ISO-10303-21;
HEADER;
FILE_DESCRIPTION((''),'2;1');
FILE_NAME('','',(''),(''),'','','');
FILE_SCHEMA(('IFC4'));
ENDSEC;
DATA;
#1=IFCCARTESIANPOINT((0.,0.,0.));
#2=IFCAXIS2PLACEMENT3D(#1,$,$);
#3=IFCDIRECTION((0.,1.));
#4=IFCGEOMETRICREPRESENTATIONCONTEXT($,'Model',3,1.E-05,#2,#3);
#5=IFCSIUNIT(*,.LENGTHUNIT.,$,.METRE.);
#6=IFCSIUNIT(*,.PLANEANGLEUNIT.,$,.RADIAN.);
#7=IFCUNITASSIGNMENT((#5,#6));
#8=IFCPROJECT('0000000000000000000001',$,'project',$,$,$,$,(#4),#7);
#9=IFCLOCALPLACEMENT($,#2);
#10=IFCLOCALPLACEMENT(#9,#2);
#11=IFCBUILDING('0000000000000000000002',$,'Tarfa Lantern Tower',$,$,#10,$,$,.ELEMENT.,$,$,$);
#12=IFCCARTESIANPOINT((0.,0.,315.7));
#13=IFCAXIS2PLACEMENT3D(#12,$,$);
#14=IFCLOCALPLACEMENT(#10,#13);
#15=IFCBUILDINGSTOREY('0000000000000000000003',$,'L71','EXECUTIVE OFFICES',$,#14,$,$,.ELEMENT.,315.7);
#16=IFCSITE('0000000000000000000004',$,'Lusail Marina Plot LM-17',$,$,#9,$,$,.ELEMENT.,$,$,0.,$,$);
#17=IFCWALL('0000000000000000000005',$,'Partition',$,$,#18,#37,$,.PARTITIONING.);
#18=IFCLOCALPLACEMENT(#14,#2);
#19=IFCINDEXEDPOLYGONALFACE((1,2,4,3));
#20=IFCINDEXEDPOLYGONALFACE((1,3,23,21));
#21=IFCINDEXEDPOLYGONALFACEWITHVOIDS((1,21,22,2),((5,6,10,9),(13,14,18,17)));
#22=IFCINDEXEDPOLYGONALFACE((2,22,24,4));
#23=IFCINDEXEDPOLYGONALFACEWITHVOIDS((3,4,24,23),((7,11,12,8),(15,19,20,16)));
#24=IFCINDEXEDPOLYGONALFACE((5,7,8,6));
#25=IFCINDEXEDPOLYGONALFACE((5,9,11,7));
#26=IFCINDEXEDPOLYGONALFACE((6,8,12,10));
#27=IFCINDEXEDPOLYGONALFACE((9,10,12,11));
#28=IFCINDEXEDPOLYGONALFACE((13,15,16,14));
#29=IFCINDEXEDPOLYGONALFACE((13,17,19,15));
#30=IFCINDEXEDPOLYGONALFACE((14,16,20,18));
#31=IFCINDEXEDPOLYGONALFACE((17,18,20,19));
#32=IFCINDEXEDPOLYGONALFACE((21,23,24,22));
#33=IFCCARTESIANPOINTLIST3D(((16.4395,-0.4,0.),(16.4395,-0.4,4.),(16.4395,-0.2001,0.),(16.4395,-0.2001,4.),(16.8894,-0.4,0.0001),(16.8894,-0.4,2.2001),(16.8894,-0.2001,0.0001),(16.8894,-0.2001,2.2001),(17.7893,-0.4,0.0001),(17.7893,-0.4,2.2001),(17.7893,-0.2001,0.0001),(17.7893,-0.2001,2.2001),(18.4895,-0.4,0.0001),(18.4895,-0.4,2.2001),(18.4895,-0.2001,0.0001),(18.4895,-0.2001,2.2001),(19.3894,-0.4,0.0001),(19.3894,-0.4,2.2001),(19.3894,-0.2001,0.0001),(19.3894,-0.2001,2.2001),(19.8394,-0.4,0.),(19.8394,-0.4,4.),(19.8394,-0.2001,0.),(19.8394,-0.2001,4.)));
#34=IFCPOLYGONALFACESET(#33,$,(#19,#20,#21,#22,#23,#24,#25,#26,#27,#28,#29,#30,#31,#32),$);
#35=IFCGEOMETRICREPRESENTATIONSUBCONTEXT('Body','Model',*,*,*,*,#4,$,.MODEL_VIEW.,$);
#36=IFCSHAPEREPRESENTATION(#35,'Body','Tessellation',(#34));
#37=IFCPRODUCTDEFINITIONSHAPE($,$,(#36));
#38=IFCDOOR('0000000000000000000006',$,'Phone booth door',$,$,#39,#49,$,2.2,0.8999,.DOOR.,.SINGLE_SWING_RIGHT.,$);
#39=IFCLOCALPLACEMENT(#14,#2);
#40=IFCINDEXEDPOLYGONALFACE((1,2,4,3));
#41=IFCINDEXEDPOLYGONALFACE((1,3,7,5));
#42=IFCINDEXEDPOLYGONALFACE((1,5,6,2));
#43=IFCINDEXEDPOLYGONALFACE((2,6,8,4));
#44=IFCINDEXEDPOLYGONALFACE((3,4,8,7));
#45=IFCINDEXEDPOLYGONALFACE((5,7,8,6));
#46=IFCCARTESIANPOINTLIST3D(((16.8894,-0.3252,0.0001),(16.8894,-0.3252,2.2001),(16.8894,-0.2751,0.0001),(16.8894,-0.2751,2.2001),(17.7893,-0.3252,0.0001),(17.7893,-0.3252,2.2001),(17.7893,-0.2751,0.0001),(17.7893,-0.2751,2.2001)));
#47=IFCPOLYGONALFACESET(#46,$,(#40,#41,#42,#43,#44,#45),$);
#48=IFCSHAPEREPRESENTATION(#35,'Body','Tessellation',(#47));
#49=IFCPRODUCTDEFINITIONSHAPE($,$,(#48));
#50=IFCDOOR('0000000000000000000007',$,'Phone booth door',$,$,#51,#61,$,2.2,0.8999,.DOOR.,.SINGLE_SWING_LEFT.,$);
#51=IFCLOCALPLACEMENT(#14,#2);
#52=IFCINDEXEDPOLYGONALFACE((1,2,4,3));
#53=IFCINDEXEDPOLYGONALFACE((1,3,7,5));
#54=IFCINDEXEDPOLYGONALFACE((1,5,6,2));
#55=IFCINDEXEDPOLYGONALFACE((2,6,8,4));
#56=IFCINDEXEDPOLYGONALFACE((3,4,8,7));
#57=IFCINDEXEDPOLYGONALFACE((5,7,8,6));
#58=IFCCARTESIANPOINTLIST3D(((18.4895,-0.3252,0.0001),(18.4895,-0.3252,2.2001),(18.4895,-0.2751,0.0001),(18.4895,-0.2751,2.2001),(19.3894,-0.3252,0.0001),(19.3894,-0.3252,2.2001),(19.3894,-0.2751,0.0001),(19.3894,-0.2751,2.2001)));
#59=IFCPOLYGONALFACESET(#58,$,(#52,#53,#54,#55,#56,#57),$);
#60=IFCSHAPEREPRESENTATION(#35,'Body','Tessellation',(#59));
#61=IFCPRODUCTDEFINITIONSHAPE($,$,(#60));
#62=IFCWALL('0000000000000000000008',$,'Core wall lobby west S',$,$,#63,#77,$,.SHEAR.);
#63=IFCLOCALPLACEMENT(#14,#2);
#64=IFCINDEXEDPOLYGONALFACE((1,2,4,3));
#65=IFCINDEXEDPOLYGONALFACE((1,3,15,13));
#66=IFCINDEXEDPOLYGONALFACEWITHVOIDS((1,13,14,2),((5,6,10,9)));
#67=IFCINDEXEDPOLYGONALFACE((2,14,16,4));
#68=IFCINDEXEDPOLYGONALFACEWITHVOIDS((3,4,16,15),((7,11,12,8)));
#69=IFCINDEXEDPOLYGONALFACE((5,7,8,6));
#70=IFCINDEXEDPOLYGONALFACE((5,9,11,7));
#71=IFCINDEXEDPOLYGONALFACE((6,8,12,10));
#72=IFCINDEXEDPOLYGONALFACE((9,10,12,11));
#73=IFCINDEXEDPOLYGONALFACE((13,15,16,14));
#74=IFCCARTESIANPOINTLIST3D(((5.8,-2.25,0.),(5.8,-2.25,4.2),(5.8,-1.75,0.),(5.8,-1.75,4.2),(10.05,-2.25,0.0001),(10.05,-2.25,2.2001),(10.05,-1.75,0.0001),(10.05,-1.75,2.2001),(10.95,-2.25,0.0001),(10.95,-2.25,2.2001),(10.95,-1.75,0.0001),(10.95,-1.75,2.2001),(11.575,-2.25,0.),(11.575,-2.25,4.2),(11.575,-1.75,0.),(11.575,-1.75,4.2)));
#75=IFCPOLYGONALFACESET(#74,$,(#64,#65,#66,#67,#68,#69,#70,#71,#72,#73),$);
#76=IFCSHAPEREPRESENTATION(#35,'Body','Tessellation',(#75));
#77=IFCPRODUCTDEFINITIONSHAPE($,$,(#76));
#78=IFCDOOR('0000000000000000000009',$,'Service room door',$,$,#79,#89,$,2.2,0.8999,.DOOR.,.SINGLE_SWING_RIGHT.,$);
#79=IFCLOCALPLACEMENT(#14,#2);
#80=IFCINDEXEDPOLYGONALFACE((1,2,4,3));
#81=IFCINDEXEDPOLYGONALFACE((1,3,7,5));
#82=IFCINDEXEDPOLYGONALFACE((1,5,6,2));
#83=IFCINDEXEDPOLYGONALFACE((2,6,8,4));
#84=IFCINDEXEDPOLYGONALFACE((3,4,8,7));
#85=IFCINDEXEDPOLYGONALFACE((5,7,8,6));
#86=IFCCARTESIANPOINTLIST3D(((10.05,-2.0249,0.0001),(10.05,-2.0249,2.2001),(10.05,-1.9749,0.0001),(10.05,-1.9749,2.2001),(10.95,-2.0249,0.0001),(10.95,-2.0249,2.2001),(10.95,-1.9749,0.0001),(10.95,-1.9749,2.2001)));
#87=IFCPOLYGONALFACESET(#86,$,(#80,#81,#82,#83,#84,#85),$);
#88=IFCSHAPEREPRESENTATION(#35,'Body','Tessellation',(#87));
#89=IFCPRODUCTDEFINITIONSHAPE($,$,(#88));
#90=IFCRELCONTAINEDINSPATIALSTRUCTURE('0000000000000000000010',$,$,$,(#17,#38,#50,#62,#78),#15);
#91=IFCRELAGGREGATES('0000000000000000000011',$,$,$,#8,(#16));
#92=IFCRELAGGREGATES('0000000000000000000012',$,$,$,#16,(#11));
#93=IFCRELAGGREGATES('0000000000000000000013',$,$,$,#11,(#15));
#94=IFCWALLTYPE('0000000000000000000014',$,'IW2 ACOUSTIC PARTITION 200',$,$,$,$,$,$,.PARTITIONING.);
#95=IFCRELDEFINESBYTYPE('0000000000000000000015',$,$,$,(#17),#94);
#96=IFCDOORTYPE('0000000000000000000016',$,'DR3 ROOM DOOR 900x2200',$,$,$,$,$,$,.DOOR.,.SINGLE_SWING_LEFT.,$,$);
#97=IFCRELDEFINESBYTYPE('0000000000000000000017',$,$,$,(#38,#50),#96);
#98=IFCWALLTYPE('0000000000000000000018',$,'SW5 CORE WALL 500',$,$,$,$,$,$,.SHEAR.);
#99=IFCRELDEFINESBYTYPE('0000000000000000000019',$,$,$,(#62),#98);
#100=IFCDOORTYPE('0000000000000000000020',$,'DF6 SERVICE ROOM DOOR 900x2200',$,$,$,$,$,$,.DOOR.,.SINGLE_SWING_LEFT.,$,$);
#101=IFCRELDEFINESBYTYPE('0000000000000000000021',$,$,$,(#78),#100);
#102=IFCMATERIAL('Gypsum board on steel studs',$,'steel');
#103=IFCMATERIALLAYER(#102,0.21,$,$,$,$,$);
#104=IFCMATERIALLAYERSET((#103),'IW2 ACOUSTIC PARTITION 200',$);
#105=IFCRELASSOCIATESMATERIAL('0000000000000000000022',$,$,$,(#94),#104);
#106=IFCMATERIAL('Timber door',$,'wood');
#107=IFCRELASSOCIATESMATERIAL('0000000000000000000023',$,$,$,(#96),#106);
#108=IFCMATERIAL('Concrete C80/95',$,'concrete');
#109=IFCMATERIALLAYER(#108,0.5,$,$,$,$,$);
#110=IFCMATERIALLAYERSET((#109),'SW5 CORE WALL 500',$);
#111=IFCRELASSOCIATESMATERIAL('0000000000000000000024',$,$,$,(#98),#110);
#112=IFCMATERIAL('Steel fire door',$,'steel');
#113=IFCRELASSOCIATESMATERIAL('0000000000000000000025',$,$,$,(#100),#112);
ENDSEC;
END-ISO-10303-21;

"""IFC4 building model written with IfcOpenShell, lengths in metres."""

from ifc_helpers import new_model, si_unit, direction, frame, frame_2d, origin, place, context, subcontext, project, spatial, rectangle, extrude, material, layer, layer_set, type_object, element, fill, save


model = new_model("IFC4")

# Units and contexts
model_context = context("Model", 3, precision=1e-05, world=origin(), true_north=direction((0.0, 1.0)))
body_context = subcontext(model_context, "Body", "Model", "MODEL_VIEW")
ifc_project = project(units=[si_unit("LENGTHUNIT", "METRE"), si_unit("PLANEANGLEUNIT", "RADIAN")], contexts=[model_context])

# Site, building, storey
site_placement = place(None, origin())
site = spatial("IfcSite", under=ifc_project, at=site_placement, Name="Lusail Marina Plot LM-17", CompositionType="ELEMENT", RefElevation=0.0)
building_placement = place(site_placement, origin())
building = spatial("IfcBuilding", under=site, at=building_placement, Name="Tarfa Lantern Tower", CompositionType="ELEMENT")
storey_placement = place(building_placement, frame((0.0, 0.0, 315.7)))
storey = spatial("IfcBuildingStorey", under=building, at=storey_placement, Name="L71", Description="EXECUTIVE OFFICES", CompositionType="ELEMENT", Elevation=315.7)

# Shared definitions
ifc_material_1 = material(Name="Gypsum board on steel studs", Category="steel")
ifc_layer_1 = layer(ifc_material_1, 0.21)
ifc_layer_set_1 = layer_set([ifc_layer_1], Name="IW2 ACOUSTIC PARTITION 200")
wall_type_1 = type_object("IfcWallType", Name="IW2 ACOUSTIC PARTITION 200", PredefinedType="PARTITIONING", material=ifc_layer_set_1)
ifc_material_2 = material(Name="Timber door", Category="wood")

# Wall, openings, doors
wall_1_placement = place(storey_placement, frame((16.4395, -0.3, 0.0), z_axis=(0.0, 0.0, 1.0), x_axis=(1.0, 0.0, 0.0)))
wall_1 = element("IfcWall", 1, at=wall_1_placement, inside=storey, type_object=wall_type_1, Name="Partition", PredefinedType="PARTITIONING", context=body_context, shape_type="SweptSolid", body=[
    extrude(rectangle(XDim=3.3999, YDim=0.2, at=frame_2d((1.7, 0.0))), origin(), (0.0, 0.0, 1.0), 4.0),
])
opening_1_placement = place(wall_1_placement, frame((0.45, 0.0, 0.0)))
opening_1 = element("IfcOpeningElement", 2, at=opening_1_placement, cuts=wall_1, PredefinedType="OPENING", context=body_context, shape_type="SweptSolid", body=[
    extrude(rectangle(XDim=0.8999, YDim=2.2, at=frame_2d((0.45, 1.1001))), frame((0.0, 0.1099, 0.0), z_axis=(0.0, -1.0, 0.0), x_axis=(1.0, 0.0, 0.0)), (0.0, 0.0, 1.0), 0.22),
])
opening_2_placement = place(wall_1_placement, frame((2.05, 0.0, 0.0)))
opening_2 = element("IfcOpeningElement", 3, at=opening_2_placement, cuts=wall_1, PredefinedType="OPENING", context=body_context, shape_type="SweptSolid", body=[
    extrude(rectangle(XDim=0.8999, YDim=2.2, at=frame_2d((0.45, 1.1001))), frame((0.0, 0.1099, 0.0), z_axis=(0.0, -1.0, 0.0), x_axis=(1.0, 0.0, 0.0)), (0.0, 0.0, 1.0), 0.22),
])
door_type_1 = type_object("IfcDoorType", Name="DR3 ROOM DOOR 900x2200", OperationType="SINGLE_SWING_LEFT", PredefinedType="DOOR", material=ifc_material_2)
door_1_placement = place(opening_1_placement, origin())
door_1 = element("IfcDoor", 4, at=door_1_placement, inside=storey, type_object=door_type_1, Name="Phone booth door", OperationType="SINGLE_SWING_RIGHT", OverallHeight=2.2, OverallWidth=0.8999, PredefinedType="DOOR", context=body_context, shape_type="SweptSolid", body=[
    extrude(rectangle(XDim=0.8999, YDim=2.2, at=frame_2d((0.45, 1.1001))), frame((0.0, 0.0249, 0.0), z_axis=(0.0, -1.0, 0.0), x_axis=(1.0, 0.0, 0.0)), (0.0, 0.0, 1.0), 0.05),
])
fill(opening_1, door_1)
door_2_placement = place(opening_2_placement, origin())
door_2 = element("IfcDoor", 5, at=door_2_placement, inside=storey, type_object=door_type_1, Name="Phone booth door", OperationType="SINGLE_SWING_LEFT", OverallHeight=2.2, OverallWidth=0.8999, PredefinedType="DOOR", context=body_context, shape_type="SweptSolid", body=[
    extrude(rectangle(XDim=0.8999, YDim=2.2, at=frame_2d((0.45, 1.1001))), frame((0.0, 0.0249, 0.0), z_axis=(0.0, -1.0, 0.0), x_axis=(1.0, 0.0, 0.0)), (0.0, 0.0, 1.0), 0.05),
])
fill(opening_2, door_2)

# Wall, opening, door
ifc_material_3 = material(Name="Concrete C80/95", Category="concrete")
ifc_material_4 = material(Name="Steel fire door", Category="steel")
ifc_layer_2 = layer(ifc_material_3, 0.5)
ifc_layer_set_2 = layer_set([ifc_layer_2], Name="SW5 CORE WALL 500")
wall_type_2 = type_object("IfcWallType", Name="SW5 CORE WALL 500", PredefinedType="SHEAR", material=ifc_layer_set_2)
wall_2_placement = place(storey_placement, frame((11.575, -2.0, 0.0), z_axis=(0.0, 0.0, 1.0), x_axis=(-1.0, 0.0, 0.0)))
wall_2 = element("IfcWall", 6, at=wall_2_placement, inside=storey, type_object=wall_type_2, Name="Core wall lobby west S", PredefinedType="SHEAR", context=body_context, shape_type="SweptSolid", body=[
    extrude(rectangle(XDim=5.7749, YDim=0.5, at=frame_2d((2.8875, 0.0))), origin(), (0.0, 0.0, 1.0), 4.2),
])
opening_3_placement = place(wall_2_placement, frame((0.625, 0.0, 0.0)))
opening_3 = element("IfcOpeningElement", 7, at=opening_3_placement, cuts=wall_2, PredefinedType="OPENING", context=body_context, shape_type="SweptSolid", body=[
    extrude(rectangle(XDim=0.8999, YDim=2.2, at=frame_2d((0.45, 1.1001))), frame((0.0, 0.26, 0.0), z_axis=(0.0, -1.0, 0.0), x_axis=(1.0, 0.0, 0.0)), (0.0, 0.0, 1.0), 0.52),
])
door_type_2 = type_object("IfcDoorType", Name="DF6 SERVICE ROOM DOOR 900x2200", OperationType="SINGLE_SWING_LEFT", PredefinedType="DOOR", material=ifc_material_4)
door_3_placement = place(opening_3_placement, origin())
door_3 = element("IfcDoor", 8, at=door_3_placement, inside=storey, type_object=door_type_2, Name="Service room door", OperationType="SINGLE_SWING_RIGHT", OverallHeight=2.2, OverallWidth=0.8999, PredefinedType="DOOR", context=body_context, shape_type="SweptSolid", body=[
    extrude(rectangle(XDim=0.8999, YDim=2.2, at=frame_2d((0.45, 1.1001))), frame((0.0, 0.0249, 0.0), z_axis=(0.0, -1.0, 0.0), x_axis=(1.0, 0.0, 0.0)), (0.0, 0.0, 1.0), 0.05),
])
fill(opening_3, door_3)

save(model, "model.ifc")
